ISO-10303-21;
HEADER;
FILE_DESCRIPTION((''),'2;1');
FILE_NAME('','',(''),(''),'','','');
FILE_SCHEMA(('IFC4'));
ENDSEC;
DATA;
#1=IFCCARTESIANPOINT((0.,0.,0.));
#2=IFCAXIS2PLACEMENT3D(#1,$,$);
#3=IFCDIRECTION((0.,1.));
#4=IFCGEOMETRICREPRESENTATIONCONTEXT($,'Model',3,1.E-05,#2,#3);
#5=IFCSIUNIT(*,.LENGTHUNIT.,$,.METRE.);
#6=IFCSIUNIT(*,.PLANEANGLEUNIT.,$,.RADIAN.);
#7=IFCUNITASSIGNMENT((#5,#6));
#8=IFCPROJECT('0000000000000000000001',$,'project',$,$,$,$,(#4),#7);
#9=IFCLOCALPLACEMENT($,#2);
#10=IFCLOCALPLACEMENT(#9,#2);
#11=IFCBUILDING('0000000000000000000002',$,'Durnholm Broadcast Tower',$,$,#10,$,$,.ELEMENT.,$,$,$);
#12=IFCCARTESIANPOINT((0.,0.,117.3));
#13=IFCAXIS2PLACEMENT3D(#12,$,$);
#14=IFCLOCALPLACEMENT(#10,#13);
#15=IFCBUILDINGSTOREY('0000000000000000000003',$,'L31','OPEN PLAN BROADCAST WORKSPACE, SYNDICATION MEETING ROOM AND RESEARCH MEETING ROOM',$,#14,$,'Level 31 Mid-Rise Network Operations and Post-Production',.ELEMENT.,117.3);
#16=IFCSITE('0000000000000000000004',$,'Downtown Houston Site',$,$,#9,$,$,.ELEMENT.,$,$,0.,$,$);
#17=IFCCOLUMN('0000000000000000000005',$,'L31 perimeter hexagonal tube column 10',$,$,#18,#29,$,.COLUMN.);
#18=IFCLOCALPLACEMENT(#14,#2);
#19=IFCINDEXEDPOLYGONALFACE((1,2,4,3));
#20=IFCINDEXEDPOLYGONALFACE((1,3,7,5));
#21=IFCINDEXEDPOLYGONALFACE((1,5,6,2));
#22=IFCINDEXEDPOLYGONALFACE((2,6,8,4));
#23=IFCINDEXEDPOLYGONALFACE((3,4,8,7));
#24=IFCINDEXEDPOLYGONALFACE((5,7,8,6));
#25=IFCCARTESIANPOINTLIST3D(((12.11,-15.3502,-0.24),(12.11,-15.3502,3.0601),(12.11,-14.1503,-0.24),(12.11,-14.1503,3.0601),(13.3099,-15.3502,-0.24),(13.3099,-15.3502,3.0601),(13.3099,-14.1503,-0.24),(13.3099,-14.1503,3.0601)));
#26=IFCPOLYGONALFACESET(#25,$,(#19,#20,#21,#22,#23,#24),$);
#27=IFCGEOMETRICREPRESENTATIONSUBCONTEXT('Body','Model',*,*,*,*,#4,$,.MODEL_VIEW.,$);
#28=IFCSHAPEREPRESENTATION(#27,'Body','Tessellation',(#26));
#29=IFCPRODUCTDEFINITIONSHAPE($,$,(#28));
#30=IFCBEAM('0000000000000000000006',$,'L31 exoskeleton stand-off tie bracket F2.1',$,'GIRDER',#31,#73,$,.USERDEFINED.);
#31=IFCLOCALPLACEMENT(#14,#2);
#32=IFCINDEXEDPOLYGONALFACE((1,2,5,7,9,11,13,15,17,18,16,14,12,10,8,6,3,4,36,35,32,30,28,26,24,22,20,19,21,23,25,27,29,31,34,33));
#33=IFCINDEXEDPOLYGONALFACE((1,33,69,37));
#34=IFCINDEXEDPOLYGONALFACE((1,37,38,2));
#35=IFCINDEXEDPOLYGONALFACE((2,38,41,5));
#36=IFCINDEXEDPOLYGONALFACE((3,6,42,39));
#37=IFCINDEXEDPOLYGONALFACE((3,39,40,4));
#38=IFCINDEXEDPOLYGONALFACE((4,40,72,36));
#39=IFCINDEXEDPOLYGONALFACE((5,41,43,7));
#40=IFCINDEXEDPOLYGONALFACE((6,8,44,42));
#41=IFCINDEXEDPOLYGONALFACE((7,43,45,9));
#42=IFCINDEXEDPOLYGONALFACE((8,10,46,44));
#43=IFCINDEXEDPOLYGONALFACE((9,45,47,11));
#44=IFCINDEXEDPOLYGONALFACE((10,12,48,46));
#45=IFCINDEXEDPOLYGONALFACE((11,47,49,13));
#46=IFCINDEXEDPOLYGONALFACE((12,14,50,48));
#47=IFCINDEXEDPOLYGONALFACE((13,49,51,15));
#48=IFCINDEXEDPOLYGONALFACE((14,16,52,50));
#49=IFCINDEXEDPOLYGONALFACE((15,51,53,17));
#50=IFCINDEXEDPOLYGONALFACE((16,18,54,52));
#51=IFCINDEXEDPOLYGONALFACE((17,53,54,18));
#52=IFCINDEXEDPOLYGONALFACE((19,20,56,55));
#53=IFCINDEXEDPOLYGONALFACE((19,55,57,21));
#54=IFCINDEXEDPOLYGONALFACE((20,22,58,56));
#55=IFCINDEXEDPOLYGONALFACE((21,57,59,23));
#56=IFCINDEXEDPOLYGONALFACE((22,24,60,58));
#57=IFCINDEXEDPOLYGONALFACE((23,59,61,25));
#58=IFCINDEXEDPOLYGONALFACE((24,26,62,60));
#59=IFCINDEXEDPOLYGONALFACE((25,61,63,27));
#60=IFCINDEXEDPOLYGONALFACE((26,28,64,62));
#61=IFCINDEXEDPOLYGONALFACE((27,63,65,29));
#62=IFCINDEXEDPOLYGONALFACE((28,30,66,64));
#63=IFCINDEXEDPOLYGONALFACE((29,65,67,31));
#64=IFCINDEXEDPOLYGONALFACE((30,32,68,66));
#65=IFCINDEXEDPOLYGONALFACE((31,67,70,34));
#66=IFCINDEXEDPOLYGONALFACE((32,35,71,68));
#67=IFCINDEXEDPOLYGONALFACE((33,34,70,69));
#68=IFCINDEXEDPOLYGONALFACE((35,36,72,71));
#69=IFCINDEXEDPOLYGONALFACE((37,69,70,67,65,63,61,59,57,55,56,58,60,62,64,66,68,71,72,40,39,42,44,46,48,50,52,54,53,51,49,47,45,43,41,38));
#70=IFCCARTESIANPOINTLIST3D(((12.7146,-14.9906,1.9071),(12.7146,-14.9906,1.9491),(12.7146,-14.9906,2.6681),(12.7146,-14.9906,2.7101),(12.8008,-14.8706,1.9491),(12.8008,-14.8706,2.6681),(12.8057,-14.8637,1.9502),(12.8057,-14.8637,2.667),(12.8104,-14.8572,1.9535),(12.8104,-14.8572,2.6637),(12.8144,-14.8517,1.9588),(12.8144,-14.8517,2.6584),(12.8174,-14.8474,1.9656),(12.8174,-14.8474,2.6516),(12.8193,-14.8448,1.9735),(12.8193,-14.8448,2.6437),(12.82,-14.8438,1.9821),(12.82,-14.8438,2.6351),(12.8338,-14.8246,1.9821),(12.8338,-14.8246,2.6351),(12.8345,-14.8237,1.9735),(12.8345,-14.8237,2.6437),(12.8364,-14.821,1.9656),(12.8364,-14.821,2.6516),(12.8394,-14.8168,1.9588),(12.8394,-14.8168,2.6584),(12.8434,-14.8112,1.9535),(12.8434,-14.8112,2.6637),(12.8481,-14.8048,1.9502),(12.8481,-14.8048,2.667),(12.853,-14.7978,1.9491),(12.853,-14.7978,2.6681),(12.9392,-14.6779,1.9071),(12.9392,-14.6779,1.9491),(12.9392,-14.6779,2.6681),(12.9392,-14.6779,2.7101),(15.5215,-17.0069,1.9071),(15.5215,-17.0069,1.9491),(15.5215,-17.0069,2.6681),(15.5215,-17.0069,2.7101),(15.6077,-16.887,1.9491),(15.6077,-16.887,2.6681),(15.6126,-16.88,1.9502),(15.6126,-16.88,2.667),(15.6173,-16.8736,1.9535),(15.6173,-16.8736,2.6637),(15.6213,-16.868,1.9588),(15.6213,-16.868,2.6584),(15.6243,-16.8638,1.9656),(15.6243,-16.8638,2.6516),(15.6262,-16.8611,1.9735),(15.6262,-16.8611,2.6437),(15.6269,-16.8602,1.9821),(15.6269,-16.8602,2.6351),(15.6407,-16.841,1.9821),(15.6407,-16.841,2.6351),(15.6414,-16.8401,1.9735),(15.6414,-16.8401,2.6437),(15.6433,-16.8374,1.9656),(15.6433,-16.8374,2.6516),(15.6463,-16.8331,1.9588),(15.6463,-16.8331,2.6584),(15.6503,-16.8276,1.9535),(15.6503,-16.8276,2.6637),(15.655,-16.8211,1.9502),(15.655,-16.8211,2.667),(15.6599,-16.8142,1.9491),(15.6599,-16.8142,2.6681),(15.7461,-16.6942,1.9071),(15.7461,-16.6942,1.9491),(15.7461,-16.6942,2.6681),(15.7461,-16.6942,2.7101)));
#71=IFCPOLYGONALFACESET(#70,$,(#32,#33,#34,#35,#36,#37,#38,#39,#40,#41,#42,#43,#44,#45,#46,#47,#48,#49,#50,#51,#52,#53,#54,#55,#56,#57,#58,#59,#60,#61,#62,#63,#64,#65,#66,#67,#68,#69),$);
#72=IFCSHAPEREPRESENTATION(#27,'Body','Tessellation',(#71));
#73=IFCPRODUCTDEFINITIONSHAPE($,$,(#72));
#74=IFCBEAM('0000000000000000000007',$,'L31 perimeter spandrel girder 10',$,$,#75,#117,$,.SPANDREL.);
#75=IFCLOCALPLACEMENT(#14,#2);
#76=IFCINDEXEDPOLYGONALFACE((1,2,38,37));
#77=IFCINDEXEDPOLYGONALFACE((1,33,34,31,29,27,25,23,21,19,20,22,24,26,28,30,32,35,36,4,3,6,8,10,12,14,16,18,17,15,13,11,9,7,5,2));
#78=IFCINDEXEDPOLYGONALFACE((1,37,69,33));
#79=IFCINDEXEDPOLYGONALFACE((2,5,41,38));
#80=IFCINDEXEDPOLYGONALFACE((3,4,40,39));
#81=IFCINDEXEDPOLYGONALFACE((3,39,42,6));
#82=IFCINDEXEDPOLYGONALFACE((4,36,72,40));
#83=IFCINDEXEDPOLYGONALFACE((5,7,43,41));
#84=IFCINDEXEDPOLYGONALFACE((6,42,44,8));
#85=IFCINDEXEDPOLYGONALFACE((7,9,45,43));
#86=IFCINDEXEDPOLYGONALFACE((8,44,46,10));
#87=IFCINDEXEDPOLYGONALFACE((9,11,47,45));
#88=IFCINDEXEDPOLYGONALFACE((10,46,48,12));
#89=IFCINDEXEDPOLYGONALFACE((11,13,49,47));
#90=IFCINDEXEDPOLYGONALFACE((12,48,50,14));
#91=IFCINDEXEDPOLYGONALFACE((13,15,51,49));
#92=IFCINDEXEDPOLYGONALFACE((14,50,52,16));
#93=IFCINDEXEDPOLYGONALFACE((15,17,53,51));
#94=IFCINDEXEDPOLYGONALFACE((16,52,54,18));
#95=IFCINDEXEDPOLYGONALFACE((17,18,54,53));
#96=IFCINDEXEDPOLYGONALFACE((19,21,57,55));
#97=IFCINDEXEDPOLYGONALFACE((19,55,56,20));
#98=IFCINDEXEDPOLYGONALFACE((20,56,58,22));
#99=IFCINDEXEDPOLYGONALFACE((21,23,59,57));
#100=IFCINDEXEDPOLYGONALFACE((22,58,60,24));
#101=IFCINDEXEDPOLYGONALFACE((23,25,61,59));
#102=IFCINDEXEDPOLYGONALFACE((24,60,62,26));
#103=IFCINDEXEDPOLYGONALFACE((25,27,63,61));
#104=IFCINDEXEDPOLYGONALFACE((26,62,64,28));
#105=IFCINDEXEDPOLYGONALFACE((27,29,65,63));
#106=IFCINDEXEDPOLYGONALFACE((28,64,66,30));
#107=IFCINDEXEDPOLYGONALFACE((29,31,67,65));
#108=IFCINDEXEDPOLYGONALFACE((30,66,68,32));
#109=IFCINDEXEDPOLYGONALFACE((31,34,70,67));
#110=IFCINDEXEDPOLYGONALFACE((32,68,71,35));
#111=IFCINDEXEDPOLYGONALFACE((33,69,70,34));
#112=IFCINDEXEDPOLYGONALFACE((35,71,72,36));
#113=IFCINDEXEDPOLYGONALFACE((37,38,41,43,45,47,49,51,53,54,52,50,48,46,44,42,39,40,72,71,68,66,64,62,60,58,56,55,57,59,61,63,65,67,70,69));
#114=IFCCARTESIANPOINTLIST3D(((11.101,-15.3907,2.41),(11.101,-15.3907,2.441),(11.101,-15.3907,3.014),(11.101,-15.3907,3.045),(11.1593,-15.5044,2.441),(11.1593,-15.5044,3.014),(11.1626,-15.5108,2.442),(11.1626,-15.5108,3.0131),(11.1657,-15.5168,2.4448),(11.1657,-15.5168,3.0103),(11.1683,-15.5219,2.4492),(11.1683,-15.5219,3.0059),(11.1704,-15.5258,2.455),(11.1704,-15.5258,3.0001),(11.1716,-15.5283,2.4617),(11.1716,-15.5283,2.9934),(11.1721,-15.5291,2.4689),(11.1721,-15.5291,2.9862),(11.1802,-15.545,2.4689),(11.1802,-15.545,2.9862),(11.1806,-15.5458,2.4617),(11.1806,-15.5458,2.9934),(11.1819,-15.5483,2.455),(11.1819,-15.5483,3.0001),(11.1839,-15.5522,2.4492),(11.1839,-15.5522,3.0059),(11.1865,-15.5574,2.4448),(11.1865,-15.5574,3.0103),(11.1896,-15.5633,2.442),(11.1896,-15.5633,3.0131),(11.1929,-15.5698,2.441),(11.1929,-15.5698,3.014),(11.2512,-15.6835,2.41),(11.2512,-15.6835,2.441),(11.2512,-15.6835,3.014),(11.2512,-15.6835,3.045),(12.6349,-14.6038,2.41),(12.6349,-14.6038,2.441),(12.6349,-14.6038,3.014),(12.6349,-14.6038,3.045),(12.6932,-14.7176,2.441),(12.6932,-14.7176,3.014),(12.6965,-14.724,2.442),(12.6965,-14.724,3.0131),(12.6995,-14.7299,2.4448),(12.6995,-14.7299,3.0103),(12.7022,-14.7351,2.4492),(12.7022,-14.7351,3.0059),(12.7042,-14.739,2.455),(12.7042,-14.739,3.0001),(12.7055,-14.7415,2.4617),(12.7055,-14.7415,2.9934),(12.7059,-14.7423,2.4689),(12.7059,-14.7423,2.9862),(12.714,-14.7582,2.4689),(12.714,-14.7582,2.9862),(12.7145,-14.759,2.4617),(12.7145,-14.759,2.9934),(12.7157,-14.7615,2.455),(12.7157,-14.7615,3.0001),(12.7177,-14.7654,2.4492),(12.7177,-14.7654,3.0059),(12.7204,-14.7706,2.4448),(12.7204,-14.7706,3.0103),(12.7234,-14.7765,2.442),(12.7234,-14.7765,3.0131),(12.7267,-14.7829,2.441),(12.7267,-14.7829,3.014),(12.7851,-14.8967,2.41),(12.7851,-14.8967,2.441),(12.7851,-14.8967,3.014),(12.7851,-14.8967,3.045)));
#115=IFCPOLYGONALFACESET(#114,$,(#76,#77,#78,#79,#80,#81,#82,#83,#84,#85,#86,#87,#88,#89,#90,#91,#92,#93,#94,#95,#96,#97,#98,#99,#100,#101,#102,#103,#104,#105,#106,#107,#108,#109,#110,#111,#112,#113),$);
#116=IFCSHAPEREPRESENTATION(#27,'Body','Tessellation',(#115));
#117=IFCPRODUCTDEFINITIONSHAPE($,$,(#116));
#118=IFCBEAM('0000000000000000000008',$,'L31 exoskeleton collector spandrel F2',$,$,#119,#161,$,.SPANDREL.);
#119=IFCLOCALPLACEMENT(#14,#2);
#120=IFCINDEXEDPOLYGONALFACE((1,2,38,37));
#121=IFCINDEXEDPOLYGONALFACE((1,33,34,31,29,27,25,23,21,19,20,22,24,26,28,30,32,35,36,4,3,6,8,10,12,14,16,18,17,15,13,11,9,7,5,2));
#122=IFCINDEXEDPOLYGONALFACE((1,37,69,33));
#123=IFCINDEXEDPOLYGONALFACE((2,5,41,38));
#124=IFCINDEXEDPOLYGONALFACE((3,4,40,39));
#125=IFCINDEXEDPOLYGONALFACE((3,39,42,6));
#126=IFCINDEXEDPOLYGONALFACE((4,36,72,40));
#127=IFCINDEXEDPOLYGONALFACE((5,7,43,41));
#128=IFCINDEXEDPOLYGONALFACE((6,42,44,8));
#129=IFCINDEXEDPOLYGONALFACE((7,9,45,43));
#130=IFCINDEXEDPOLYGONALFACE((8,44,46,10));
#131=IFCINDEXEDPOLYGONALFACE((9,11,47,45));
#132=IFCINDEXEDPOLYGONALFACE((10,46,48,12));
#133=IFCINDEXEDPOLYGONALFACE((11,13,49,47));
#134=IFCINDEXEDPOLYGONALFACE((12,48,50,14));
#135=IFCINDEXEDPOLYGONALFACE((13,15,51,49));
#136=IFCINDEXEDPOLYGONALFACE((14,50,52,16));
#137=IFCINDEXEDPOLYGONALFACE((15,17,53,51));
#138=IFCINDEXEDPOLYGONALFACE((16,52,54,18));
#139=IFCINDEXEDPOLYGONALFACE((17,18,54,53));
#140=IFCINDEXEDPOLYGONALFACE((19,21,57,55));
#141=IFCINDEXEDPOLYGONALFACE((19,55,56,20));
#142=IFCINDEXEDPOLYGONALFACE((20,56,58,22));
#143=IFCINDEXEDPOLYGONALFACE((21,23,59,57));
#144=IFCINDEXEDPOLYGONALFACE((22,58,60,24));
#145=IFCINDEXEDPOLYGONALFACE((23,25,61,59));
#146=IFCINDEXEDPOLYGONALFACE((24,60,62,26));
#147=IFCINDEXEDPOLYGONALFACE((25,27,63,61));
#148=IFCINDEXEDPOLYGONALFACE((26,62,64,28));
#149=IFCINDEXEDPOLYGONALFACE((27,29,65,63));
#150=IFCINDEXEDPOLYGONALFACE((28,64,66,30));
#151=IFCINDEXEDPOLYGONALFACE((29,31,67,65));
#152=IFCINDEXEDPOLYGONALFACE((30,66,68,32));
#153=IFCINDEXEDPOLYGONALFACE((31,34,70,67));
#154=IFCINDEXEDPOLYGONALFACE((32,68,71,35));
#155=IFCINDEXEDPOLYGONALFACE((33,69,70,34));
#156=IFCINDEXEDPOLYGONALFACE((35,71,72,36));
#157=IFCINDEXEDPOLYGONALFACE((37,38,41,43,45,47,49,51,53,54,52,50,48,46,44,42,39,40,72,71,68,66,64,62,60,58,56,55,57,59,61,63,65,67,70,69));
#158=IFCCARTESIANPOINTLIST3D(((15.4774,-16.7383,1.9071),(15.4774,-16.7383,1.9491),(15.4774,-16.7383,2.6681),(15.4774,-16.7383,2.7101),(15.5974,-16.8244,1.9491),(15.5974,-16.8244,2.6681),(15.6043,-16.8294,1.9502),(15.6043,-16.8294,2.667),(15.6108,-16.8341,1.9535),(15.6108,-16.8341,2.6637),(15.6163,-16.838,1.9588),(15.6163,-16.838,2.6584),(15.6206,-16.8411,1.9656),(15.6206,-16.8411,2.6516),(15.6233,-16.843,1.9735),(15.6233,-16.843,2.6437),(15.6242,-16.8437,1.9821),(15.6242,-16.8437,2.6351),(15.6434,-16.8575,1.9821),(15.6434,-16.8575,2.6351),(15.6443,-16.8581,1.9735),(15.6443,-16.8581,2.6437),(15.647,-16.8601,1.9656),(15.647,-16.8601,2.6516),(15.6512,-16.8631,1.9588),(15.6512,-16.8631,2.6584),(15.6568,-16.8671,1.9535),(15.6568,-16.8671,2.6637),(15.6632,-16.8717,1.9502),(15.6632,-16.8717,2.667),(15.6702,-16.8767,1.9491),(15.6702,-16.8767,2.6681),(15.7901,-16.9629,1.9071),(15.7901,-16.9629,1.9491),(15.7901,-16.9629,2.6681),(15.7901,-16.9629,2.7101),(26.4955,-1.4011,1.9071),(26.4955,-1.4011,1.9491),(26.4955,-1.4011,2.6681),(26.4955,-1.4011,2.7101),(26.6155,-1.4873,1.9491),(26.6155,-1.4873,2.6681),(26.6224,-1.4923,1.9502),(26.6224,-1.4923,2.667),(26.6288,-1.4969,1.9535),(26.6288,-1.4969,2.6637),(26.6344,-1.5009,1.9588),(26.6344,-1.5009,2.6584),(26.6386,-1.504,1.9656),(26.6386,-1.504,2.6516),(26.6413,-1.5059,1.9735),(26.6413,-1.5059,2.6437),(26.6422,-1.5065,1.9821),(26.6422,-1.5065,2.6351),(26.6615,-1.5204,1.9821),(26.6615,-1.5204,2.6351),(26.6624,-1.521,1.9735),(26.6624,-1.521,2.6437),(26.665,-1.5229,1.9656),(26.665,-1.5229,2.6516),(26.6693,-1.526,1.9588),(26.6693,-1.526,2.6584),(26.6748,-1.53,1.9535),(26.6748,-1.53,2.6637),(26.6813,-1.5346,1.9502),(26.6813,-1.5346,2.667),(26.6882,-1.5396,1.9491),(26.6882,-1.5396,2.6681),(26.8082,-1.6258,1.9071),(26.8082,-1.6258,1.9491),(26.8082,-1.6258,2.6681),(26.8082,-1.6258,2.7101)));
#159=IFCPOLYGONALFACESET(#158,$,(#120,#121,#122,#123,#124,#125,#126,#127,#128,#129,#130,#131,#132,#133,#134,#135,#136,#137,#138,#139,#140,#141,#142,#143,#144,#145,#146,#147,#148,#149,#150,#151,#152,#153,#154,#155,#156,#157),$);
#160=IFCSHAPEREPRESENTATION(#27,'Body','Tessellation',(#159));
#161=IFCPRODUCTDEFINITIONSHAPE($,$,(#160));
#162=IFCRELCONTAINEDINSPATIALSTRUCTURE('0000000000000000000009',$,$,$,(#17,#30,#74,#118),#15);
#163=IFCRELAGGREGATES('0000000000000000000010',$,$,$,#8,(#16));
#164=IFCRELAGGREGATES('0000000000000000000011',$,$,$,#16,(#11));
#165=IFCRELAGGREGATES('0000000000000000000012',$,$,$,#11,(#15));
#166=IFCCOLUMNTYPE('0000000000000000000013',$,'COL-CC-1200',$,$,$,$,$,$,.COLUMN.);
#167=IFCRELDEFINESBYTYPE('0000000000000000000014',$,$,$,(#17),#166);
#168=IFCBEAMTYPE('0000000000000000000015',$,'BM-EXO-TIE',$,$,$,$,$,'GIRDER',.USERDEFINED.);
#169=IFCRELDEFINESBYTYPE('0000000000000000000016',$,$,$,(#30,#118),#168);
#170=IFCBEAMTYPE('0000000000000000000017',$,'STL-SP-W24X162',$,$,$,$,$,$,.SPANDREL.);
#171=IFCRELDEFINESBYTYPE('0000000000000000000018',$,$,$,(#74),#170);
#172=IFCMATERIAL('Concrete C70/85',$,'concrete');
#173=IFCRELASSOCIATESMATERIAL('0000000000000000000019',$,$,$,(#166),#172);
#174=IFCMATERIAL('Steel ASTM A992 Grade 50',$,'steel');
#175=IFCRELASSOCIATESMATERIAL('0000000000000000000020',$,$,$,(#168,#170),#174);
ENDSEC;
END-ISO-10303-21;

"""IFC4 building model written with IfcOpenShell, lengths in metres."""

from ifc_helpers import new_model, si_unit, direction, frame, origin, origin_2d, place, context, subcontext, project, spatial, rectangle, i_section, extrude, source, transform, mapped, material, material_profile, profile_set, type_object, type_shapes, element, save


model = new_model("IFC4")

# Units and contexts
model_context = context("Model", 3, precision=1e-05, world=origin(), true_north=direction((0.0, 1.0)))
body_context = subcontext(model_context, "Body", "Model", "MODEL_VIEW")
ifc_project = project(units=[si_unit("LENGTHUNIT", "METRE"), si_unit("PLANEANGLEUNIT", "RADIAN")], contexts=[model_context])

# Site, building, storey
site_placement = place(None, origin())
site = spatial("IfcSite", under=ifc_project, at=site_placement, Name="Downtown Houston Site", CompositionType="ELEMENT", RefElevation=0.0)
building_placement = place(site_placement, origin())
building = spatial("IfcBuilding", under=site, at=building_placement, Name="Durnholm Broadcast Tower", CompositionType="ELEMENT")
storey_placement = place(building_placement, frame((0.0, 0.0, 117.3)))
storey = spatial("IfcBuildingStorey", under=building, at=storey_placement, Name="L31", Description="OPEN PLAN BROADCAST WORKSPACE, SYNDICATION MEETING ROOM AND RESEARCH MEETING ROOM", LongName="Level 31 Mid-Rise Network Operations and Post-Production", CompositionType="ELEMENT", Elevation=117.3)

# Column
ifc_material_1 = material(Name="Concrete C70/85", Category="concrete")
ifc_material_profile_1 = material_profile(ifc_material_1, rectangle(XDim=1.2, YDim=1.2, at=origin_2d()), Name="RC1200X1200")
ifc_profile_set_1 = profile_set([ifc_material_profile_1], Name="Concrete C70/85")
column_type = type_object("IfcColumnType", Name="COL-CC-1200", PredefinedType="COLUMN", material=ifc_profile_set_1)
shared_shape_1 = source(origin(), body_context, "Body", "SweptSolid", [
    extrude(rectangle(XDim=1.2, YDim=1.2, at=origin_2d()), origin(), (0.0, 0.0, 1.0), 3.3),
])
type_shapes(column_type, [shared_shape_1])
column_placement = place(storey_placement, frame((12.71, -14.7502, -0.24), z_axis=(0.0, 0.0, 1.0), x_axis=(1.0, 0.0, 0.0)))
element("IfcColumn", 1, at=column_placement, inside=storey, type_object=column_type, Name="L31 perimeter hexagonal tube column 10", PredefinedType="COLUMN", context=body_context, shape_type="MappedRepresentation", body=[
    mapped(shared_shape_1, transform((0.0, 0.0, 0.0), x_axis=(1.0, 0.0, 0.0), y_axis=(0.0, 1.0, 0.0), z_axis=(0.0, 0.0, 1.0), scale=1.0)),
])

# Beams
ifc_material_2 = material(Name="Steel ASTM A992 Grade 50", Category="steel")
ifc_material_profile_2 = material_profile(ifc_material_2, i_section(OverallWidth=0.385, OverallDepth=0.803, WebThickness=0.0237, FlangeThickness=0.042, FilletRadius=0.033, at=origin_2d()), Name="W30X261")
ifc_profile_set_2 = profile_set([ifc_material_profile_2], Name="Steel ASTM A992 Grade 50")
beam_type_1 = type_object("IfcBeamType", Name="BM-EXO-TIE", ElementType="GIRDER", PredefinedType="USERDEFINED", material=ifc_profile_set_2)
shared_shape_2 = source(origin(), body_context, "Body", "SweptSolid", [
    extrude(i_section(OverallWidth=0.385, OverallDepth=0.803, WebThickness=0.0237, FlangeThickness=0.042, FilletRadius=0.033, at=origin_2d()), origin(), (0.0, 0.0, 1.0), 3.4561),
])
beam_1_placement = place(storey_placement, frame((12.8269, -14.8342, 2.3086), z_axis=(0.812165, -0.583428, 0.0), x_axis=(0.583428, 0.812165, 0.0)))
element("IfcBeam", 2, at=beam_1_placement, inside=storey, type_object=beam_type_1, Name="L31 exoskeleton stand-off tie bracket F2.1", ObjectType="GIRDER", PredefinedType="USERDEFINED", context=body_context, shape_type="MappedRepresentation", body=[
    mapped(shared_shape_2, transform((0.0, 0.0, 0.0), x_axis=(1.0, 0.0, 0.0), y_axis=(0.0, 1.0, 0.0), z_axis=(0.0, 0.0, 1.0), scale=1.0)),
])
ifc_material_profile_3 = material_profile(ifc_material_2, i_section(OverallWidth=0.3291, OverallDepth=0.635, WebThickness=0.0178, FlangeThickness=0.031, FilletRadius=0.0278, at=origin_2d()), Name="W24X162")
ifc_profile_set_3 = profile_set([ifc_material_profile_3], Name="Steel ASTM A992 Grade 50")
beam_type_2 = type_object("IfcBeamType", Name="STL-SP-W24X162", PredefinedType="SPANDREL", material=ifc_profile_set_3)
shared_shape_3 = source(origin(), body_context, "Body", "SweptSolid", [
    extrude(i_section(OverallWidth=0.3291, OverallDepth=0.635, WebThickness=0.0178, FlangeThickness=0.031, FilletRadius=0.0278, at=origin_2d()), origin(), (0.0, 0.0, 1.0), 1.7239),
])
type_shapes(beam_type_2, [shared_shape_3])
beam_2_placement = place(storey_placement, frame((12.71, -14.7502, 2.7275), z_axis=(-0.889763, -0.456423, 0.0), x_axis=(0.456423, -0.889763, 0.0)))
element("IfcBeam", 3, at=beam_2_placement, inside=storey, type_object=beam_type_2, Name="L31 perimeter spandrel girder 10", PredefinedType="SPANDREL", context=body_context, shape_type="MappedRepresentation", body=[
    mapped(shared_shape_3, transform((0.0, 0.0, 0.0), x_axis=(1.0, 0.0, 0.0), y_axis=(0.0, 1.0, 0.0), z_axis=(0.0, 0.0, 1.0), scale=1.0)),
])
shared_shape_4 = source(origin(), body_context, "Body", "SweptSolid", [
    extrude(i_section(OverallWidth=0.385, OverallDepth=0.803, WebThickness=0.0237, FlangeThickness=0.042, FilletRadius=0.033, at=origin_2d()), origin(), (0.0, 0.0, 1.0), 18.8845),
])
type_shapes(beam_type_1, [shared_shape_2, shared_shape_4])
beam_3_placement = place(storey_placement, frame((15.6338, -16.8506, 2.3086), z_axis=(0.583443, 0.812154, 0.0), x_axis=(-0.812154, 0.583443, 0.0)))
element("IfcBeam", 4, at=beam_3_placement, inside=storey, type_object=beam_type_1, Name="L31 exoskeleton collector spandrel F2", PredefinedType="SPANDREL", context=body_context, shape_type="MappedRepresentation", body=[
    mapped(shared_shape_4, transform((0.0, 0.0, 0.0), x_axis=(1.0, 0.0, 0.0), y_axis=(0.0, 1.0, 0.0), z_axis=(0.0, 0.0, 1.0), scale=1.0)),
])

save(model, "model.ifc")
